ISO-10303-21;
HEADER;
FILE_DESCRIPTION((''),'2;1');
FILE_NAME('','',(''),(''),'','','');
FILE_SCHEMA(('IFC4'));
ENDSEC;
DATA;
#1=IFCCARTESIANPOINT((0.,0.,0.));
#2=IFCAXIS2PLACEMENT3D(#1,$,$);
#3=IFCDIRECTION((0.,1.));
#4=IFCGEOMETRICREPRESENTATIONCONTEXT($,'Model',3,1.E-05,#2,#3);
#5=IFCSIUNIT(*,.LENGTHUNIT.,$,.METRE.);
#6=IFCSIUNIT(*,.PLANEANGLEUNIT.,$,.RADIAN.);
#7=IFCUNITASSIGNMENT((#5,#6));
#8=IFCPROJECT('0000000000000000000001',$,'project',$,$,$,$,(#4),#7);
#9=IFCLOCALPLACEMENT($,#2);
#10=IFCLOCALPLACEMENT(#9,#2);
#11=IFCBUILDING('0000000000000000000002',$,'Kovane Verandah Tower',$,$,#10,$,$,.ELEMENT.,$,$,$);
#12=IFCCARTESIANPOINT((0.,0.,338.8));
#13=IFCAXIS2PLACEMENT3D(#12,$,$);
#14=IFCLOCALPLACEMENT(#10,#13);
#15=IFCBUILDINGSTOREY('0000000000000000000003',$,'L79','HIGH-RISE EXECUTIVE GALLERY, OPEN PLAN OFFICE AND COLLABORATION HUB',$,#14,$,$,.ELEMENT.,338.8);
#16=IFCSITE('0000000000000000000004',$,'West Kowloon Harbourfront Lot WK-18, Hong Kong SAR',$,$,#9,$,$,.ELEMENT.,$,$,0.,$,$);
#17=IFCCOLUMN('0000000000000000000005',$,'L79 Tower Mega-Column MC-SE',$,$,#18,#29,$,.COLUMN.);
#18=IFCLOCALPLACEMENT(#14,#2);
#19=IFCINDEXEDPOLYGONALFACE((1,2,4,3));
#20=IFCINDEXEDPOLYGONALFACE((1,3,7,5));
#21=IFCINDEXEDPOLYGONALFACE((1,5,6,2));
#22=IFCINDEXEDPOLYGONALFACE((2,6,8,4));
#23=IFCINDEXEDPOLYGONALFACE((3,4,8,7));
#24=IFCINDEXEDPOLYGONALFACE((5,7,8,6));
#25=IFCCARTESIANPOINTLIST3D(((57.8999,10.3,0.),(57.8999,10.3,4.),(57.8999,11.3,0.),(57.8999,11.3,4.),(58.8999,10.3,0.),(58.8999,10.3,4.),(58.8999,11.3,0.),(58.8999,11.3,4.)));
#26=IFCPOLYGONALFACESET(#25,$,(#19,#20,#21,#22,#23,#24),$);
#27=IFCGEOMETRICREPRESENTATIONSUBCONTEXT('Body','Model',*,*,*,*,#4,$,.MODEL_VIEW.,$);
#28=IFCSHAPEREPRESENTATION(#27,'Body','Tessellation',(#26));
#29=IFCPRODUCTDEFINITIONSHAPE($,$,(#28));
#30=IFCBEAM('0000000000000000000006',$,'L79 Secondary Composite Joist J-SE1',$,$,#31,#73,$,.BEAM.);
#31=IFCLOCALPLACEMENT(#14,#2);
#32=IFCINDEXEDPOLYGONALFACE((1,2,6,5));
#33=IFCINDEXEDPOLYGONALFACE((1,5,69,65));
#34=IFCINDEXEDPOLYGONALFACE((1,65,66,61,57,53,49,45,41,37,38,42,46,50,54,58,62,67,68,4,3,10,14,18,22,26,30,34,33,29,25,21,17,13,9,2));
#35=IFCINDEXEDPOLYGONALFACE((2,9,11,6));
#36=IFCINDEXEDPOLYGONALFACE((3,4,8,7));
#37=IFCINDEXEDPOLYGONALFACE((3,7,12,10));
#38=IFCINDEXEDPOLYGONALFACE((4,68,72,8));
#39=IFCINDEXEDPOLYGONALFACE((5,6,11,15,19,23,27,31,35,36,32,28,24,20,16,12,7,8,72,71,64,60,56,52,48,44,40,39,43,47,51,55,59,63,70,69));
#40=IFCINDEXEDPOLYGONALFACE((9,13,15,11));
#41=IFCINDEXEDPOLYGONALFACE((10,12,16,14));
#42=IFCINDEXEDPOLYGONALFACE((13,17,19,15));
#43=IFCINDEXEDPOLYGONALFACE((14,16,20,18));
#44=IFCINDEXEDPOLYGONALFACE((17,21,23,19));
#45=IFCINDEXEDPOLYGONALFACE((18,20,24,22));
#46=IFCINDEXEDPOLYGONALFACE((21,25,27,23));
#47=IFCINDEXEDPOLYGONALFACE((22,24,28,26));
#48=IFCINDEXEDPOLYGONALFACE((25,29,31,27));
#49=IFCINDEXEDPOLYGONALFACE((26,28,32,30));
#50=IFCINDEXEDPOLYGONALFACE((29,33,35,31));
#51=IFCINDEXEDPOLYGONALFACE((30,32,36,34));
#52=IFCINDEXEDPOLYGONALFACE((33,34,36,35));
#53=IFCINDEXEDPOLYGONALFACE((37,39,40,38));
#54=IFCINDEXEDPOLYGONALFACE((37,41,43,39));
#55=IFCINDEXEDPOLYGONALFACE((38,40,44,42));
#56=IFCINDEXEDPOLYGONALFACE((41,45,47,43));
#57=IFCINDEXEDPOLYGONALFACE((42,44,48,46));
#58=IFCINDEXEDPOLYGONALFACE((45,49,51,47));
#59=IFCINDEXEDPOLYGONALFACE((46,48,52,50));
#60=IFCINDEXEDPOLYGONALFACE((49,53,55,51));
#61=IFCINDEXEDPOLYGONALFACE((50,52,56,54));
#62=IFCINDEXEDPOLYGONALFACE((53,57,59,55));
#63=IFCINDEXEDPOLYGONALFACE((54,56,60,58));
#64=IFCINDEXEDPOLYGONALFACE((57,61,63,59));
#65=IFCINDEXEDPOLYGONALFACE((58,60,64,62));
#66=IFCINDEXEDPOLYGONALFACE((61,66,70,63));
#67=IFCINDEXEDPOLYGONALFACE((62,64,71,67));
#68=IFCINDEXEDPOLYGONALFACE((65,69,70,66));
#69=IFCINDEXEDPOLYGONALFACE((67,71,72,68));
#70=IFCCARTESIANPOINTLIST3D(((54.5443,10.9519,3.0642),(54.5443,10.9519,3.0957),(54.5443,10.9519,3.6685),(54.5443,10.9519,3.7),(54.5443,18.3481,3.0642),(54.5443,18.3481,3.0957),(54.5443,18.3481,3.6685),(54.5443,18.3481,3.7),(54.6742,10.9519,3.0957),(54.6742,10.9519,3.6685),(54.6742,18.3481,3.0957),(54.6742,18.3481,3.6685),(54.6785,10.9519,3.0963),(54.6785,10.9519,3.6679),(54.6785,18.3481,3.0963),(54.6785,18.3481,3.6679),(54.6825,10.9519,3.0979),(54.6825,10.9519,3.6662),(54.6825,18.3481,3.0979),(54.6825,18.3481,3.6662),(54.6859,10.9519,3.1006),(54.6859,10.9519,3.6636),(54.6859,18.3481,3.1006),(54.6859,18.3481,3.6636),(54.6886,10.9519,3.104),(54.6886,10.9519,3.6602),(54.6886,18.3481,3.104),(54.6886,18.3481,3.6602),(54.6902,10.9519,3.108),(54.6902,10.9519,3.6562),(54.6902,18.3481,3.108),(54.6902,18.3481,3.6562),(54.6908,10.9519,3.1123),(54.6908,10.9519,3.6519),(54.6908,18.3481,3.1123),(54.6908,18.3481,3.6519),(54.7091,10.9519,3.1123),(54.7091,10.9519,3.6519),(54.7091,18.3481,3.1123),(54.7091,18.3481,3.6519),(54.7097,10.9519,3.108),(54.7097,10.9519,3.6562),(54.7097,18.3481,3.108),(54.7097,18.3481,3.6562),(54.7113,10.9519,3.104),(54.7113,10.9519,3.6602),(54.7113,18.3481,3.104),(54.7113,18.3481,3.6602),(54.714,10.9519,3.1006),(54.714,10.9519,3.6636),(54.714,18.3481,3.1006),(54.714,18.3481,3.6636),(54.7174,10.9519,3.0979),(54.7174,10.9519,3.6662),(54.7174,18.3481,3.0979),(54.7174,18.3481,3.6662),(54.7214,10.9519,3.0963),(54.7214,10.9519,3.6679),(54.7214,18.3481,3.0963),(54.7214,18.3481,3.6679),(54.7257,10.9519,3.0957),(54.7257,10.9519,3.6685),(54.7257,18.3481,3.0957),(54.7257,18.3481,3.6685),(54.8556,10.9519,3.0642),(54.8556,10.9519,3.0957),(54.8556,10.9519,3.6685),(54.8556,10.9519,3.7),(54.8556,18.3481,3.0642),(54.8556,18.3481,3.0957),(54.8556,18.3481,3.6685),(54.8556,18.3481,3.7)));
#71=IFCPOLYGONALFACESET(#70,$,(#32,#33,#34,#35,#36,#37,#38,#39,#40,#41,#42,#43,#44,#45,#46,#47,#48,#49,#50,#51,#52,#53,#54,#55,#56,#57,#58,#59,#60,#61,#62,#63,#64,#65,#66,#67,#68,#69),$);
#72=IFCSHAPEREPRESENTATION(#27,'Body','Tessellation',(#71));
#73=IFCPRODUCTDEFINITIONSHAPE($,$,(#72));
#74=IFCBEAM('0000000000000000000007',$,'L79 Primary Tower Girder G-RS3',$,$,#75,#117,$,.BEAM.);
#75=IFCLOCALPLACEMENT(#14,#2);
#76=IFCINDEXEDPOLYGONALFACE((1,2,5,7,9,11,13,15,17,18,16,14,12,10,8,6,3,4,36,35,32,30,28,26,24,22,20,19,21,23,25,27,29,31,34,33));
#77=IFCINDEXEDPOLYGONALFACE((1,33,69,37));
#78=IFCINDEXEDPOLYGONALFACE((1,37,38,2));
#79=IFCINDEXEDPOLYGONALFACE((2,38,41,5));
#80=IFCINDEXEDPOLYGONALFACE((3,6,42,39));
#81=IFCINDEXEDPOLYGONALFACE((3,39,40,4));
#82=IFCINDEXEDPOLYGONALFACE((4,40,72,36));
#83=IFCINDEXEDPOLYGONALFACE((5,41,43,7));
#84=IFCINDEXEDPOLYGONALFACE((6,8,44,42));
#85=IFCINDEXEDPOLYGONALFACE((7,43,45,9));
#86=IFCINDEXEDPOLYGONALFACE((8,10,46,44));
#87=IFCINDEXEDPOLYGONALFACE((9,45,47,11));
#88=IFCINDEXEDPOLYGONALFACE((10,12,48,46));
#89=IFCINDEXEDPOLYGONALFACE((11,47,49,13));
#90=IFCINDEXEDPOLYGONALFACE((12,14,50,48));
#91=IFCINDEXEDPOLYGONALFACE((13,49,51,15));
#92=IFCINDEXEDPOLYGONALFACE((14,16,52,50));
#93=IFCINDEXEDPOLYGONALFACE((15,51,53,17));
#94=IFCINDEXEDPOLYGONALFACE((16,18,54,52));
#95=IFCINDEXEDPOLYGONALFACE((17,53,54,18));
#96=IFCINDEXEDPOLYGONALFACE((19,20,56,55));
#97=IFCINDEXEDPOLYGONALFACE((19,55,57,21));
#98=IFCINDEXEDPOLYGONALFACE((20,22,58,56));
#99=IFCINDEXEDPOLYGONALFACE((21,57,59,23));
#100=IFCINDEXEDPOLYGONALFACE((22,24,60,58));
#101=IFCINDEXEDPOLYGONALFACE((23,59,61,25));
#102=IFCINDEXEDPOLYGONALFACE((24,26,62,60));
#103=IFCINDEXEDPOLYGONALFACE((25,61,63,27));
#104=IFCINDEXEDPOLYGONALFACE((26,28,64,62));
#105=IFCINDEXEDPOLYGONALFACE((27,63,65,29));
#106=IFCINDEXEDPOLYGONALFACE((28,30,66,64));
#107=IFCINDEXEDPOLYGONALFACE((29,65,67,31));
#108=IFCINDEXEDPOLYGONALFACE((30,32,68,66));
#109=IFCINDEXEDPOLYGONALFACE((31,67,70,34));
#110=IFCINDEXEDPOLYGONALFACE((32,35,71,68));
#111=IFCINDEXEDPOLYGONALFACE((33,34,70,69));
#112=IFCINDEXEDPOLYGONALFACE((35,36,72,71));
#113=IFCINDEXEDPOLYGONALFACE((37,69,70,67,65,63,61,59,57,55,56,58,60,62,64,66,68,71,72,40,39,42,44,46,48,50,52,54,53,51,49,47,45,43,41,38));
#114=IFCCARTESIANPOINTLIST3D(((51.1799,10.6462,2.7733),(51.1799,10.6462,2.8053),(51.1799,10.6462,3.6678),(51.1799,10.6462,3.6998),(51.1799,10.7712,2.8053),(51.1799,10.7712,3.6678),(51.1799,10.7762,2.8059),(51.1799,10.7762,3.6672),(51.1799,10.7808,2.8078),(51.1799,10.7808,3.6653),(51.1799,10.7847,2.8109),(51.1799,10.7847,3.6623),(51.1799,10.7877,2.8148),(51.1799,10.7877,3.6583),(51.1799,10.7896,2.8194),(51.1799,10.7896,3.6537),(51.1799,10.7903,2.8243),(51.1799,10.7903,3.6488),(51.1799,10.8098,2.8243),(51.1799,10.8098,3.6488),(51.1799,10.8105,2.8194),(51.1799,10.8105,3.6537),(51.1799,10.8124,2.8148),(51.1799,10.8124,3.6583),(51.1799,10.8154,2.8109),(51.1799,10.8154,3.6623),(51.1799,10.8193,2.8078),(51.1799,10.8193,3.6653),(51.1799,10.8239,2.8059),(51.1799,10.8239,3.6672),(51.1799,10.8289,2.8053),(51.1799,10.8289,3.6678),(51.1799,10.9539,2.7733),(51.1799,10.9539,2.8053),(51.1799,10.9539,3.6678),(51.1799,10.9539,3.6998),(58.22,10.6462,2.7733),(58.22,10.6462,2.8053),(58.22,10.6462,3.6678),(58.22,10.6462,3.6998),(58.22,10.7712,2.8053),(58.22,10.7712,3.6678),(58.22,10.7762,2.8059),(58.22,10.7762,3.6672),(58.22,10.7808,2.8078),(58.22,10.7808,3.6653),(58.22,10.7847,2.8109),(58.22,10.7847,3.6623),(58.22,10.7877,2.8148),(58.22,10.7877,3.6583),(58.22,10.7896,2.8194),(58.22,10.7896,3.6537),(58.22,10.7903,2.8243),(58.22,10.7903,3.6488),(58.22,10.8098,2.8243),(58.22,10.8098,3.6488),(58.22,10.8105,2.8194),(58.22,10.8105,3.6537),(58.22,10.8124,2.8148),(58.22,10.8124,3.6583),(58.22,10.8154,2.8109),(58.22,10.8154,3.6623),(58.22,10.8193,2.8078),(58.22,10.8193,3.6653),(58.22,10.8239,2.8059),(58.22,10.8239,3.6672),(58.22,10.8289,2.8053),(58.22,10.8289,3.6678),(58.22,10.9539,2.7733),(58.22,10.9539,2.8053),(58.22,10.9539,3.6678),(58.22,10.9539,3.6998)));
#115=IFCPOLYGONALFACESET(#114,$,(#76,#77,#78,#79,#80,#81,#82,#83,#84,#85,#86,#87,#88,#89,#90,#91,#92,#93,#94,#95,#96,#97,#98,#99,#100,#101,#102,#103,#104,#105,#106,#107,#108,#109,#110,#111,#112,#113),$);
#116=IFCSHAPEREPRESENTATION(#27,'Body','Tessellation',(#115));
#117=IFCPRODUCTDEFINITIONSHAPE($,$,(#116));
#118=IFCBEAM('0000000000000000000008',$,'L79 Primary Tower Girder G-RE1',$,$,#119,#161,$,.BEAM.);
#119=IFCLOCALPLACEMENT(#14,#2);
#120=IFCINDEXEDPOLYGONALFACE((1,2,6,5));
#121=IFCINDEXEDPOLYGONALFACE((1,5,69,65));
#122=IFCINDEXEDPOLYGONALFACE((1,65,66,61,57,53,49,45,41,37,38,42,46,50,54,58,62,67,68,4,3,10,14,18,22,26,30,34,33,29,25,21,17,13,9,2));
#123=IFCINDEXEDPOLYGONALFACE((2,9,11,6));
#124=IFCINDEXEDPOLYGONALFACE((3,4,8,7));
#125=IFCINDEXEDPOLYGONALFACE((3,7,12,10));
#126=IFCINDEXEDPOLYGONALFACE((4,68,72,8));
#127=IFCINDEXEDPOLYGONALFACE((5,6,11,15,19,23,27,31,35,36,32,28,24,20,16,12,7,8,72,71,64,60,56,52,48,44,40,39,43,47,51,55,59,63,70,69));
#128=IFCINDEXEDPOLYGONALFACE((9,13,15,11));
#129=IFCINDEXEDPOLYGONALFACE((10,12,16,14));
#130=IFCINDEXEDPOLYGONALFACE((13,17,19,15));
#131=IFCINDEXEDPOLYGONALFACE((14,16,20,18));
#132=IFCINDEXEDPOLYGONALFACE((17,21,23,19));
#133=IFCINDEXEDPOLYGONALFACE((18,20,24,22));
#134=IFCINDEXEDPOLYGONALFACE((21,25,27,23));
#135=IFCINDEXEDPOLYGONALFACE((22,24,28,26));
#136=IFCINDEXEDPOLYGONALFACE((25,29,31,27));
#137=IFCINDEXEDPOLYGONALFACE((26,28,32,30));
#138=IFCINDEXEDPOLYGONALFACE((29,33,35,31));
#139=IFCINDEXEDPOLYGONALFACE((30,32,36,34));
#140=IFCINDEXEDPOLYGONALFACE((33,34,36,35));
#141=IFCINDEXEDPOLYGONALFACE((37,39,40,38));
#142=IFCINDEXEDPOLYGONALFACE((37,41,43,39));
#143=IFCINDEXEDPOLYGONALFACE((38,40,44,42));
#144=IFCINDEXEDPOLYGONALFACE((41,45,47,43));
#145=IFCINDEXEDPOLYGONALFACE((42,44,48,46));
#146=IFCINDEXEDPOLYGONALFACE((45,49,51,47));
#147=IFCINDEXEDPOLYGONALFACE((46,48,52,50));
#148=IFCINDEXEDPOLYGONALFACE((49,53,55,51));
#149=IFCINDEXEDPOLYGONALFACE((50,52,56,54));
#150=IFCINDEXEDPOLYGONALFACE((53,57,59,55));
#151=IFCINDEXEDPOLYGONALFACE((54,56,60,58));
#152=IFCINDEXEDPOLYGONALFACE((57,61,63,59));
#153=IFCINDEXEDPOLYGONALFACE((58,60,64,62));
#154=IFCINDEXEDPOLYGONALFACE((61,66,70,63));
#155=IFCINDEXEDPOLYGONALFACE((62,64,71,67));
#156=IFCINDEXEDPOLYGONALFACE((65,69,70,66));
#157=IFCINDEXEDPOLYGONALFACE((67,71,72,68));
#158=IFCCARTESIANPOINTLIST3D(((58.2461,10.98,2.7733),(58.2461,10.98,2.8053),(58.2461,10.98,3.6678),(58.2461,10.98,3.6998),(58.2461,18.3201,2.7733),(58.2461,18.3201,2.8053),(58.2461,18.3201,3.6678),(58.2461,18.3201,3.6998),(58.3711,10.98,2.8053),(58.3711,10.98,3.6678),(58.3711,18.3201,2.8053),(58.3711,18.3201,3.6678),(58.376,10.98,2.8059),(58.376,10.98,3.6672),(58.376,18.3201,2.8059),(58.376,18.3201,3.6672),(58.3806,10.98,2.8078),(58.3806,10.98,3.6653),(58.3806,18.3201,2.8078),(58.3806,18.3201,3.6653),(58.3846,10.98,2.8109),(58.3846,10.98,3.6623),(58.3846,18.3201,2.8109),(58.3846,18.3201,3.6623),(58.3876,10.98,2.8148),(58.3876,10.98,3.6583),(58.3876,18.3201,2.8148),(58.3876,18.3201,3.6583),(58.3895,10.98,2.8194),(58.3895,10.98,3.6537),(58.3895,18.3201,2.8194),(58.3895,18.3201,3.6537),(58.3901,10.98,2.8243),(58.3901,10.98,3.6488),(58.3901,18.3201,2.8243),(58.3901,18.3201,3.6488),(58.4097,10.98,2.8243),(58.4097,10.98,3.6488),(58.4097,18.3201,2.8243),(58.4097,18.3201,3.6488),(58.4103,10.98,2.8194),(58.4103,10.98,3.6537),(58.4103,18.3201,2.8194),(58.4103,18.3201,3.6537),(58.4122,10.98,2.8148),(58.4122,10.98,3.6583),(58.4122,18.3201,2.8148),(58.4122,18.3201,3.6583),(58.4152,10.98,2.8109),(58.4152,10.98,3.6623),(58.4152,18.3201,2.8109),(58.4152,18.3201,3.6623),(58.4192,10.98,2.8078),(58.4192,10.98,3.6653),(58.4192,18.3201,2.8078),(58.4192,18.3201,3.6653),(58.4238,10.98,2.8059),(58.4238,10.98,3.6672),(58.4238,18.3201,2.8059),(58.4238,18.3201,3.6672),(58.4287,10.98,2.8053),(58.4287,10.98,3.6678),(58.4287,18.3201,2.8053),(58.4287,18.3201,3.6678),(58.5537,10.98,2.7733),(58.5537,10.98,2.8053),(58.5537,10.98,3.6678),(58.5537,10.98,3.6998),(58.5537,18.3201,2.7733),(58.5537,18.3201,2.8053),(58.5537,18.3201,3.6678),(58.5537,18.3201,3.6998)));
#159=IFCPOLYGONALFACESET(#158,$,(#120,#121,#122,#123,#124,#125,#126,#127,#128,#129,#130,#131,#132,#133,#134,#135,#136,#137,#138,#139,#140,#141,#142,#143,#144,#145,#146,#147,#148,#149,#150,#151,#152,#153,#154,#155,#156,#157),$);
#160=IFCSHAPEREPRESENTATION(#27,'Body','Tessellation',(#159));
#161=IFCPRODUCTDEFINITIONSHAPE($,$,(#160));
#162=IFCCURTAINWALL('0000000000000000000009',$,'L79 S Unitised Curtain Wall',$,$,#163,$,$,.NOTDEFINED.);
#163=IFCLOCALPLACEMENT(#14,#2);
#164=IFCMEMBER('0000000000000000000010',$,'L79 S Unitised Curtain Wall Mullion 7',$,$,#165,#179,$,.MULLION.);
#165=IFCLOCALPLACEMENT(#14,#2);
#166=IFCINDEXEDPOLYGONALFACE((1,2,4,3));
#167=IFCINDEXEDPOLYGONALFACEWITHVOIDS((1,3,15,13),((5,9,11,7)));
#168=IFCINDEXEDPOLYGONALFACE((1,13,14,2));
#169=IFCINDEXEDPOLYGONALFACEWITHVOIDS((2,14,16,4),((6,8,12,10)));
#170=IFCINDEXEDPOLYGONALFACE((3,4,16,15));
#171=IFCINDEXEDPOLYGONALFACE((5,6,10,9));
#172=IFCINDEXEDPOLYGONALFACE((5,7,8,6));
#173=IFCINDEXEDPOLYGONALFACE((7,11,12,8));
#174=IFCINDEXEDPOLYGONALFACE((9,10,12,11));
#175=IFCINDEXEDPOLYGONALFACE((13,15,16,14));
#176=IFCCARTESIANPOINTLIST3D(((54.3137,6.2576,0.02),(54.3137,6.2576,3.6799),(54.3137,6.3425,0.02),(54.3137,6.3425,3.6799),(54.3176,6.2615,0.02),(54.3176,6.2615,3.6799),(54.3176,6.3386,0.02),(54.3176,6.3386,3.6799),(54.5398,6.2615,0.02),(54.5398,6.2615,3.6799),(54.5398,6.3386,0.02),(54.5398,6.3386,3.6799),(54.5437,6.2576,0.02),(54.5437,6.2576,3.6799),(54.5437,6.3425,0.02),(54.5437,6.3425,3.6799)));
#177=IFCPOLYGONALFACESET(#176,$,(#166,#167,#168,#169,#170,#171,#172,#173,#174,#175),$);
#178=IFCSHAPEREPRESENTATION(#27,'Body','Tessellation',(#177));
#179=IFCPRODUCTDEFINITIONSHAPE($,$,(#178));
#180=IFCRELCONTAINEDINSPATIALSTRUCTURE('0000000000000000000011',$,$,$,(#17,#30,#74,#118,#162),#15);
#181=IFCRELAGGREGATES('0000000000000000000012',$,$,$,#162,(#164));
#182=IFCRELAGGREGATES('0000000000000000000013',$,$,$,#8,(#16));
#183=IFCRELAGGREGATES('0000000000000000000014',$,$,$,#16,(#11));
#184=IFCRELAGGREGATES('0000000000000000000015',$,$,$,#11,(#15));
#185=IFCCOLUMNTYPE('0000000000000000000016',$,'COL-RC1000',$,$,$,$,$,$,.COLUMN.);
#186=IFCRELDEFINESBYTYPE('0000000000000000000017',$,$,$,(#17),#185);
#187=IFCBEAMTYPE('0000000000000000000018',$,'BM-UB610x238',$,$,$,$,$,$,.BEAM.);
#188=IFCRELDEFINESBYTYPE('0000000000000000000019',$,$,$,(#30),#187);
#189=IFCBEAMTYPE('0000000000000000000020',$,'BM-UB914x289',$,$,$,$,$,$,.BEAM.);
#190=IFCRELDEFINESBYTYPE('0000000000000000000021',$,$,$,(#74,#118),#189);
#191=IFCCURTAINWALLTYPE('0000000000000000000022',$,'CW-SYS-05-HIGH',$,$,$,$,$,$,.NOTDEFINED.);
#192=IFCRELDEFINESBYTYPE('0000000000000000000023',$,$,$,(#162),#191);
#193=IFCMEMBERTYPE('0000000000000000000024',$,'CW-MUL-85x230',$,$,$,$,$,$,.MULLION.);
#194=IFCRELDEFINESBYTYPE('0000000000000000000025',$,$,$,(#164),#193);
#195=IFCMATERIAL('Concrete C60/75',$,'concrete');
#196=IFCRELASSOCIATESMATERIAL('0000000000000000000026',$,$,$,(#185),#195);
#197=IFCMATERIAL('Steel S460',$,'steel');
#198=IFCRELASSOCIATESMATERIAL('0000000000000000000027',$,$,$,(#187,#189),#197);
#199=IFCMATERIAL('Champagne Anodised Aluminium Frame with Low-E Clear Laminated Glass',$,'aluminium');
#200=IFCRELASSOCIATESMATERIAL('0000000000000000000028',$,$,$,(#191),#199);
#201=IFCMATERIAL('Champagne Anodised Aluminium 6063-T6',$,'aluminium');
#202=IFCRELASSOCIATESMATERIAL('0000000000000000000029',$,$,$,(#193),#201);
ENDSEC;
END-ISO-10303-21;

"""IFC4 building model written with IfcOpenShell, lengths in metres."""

from ifc_helpers import new_model, si_unit, direction, frame, origin, origin_2d, place, context, subcontext, project, spatial, rectangle, hollow_rectangle, i_section, extrude, material, material_profile, profile_set, type_object, element, aggregate, save


model = new_model("IFC4")

# Units and contexts
model_context = context("Model", 3, precision=1e-05, world=origin(), true_north=direction((0.0, 1.0)))
body_context = subcontext(model_context, "Body", "Model", "MODEL_VIEW")
ifc_project = project(units=[si_unit("LENGTHUNIT", "METRE"), si_unit("PLANEANGLEUNIT", "RADIAN")], contexts=[model_context])

# Site, building, storey
site_placement = place(None, origin())
site = spatial("IfcSite", under=ifc_project, at=site_placement, Name="West Kowloon Harbourfront Lot WK-18, Hong Kong SAR", CompositionType="ELEMENT", RefElevation=0.0)
building_placement = place(site_placement, origin())
building = spatial("IfcBuilding", under=site, at=building_placement, Name="Kovane Verandah Tower", CompositionType="ELEMENT")
storey_placement = place(building_placement, frame((0.0, 0.0, 338.8)))
storey = spatial("IfcBuildingStorey", under=building, at=storey_placement, Name="L79", Description="HIGH-RISE EXECUTIVE GALLERY, OPEN PLAN OFFICE AND COLLABORATION HUB", CompositionType="ELEMENT", Elevation=338.8)

# Column
ifc_material_1 = material(Name="Concrete C60/75", Category="concrete")
ifc_material_profile_1 = material_profile(ifc_material_1, rectangle(XDim=1.0, YDim=1.0, at=origin_2d()), Name="RC1000x1000")
ifc_profile_set_1 = profile_set([ifc_material_profile_1], Name="Concrete C60/75")
column_type = type_object("IfcColumnType", Name="COL-RC1000", PredefinedType="COLUMN", material=ifc_profile_set_1)
column_placement = place(storey_placement, frame((58.3999, 10.8, 0.0), z_axis=(0.0, 0.0, 1.0), x_axis=(1.0, 0.0, 0.0)))
element("IfcColumn", 1, at=column_placement, inside=storey, type_object=column_type, Name="L79 Tower Mega-Column MC-SE", PredefinedType="COLUMN", context=body_context, shape_type="SweptSolid", body=[
    extrude(rectangle(XDim=1.0, YDim=1.0, at=origin_2d()), origin(), (0.0, 0.0, 1.0), 4.0),
])

# Beams
ifc_material_2 = material(Name="Steel S460", Category="steel")
ifc_material_profile_2 = material_profile(ifc_material_2, i_section(OverallWidth=0.3113, OverallDepth=0.6357, WebThickness=0.0183, FlangeThickness=0.0315, FilletRadius=0.0166, at=origin_2d()), Name="UB610x305x238")
ifc_profile_set_2 = profile_set([ifc_material_profile_2], Name="Steel S460")
beam_type_1 = type_object("IfcBeamType", Name="BM-UB610x238", PredefinedType="BEAM", material=ifc_profile_set_2)
beam_1_placement = place(storey_placement, frame((54.7, 10.9519, 3.3821), z_axis=(0.0, 1.0, 0.0), x_axis=(-1.0, 0.0, 0.0)))
element("IfcBeam", 2, at=beam_1_placement, inside=storey, type_object=beam_type_1, Name="L79 Secondary Composite Joist J-SE1", PredefinedType="BEAM", context=body_context, shape_type="SweptSolid", body=[
    extrude(i_section(OverallWidth=0.3113, OverallDepth=0.6357, WebThickness=0.0183, FlangeThickness=0.0315, FilletRadius=0.0166, at=origin_2d()), origin(), (0.0, 0.0, 1.0), 7.3962),
])
ifc_material_profile_3 = material_profile(ifc_material_2, i_section(OverallWidth=0.3076, OverallDepth=0.9265, WebThickness=0.0195, FlangeThickness=0.032, FilletRadius=0.019, at=origin_2d()), Name="UB914x305x289")
ifc_profile_set_3 = profile_set([ifc_material_profile_3], Name="Steel S460")
beam_type_2 = type_object("IfcBeamType", Name="BM-UB914x289", PredefinedType="BEAM", material=ifc_profile_set_3)
beam_2_placement = place(storey_placement, frame((51.1799, 10.8, 3.2366), z_axis=(1.0, 0.0, 0.0), x_axis=(0.0, 1.0, 0.0)))
element("IfcBeam", 3, at=beam_2_placement, inside=storey, type_object=beam_type_2, Name="L79 Primary Tower Girder G-RS3", PredefinedType="BEAM", context=body_context, shape_type="SweptSolid", body=[
    extrude(i_section(OverallWidth=0.3076, OverallDepth=0.9265, WebThickness=0.0195, FlangeThickness=0.032, FilletRadius=0.019, at=origin_2d()), origin(), (0.0, 0.0, 1.0), 7.04),
])
beam_3_placement = place(storey_placement, frame((58.3999, 10.98, 3.2366), z_axis=(0.0, 1.0, 0.0), x_axis=(-1.0, 0.0, 0.0)))
element("IfcBeam", 4, at=beam_3_placement, inside=storey, type_object=beam_type_2, Name="L79 Primary Tower Girder G-RE1", PredefinedType="BEAM", context=body_context, shape_type="SweptSolid", body=[
    extrude(i_section(OverallWidth=0.3076, OverallDepth=0.9265, WebThickness=0.0195, FlangeThickness=0.032, FilletRadius=0.019, at=origin_2d()), origin(), (0.0, 0.0, 1.0), 7.3401),
])

# Curtain wall, member
ifc_material_3 = material(Name="Champagne Anodised Aluminium Frame with Low-E Clear Laminated Glass", Category="aluminium")
curtain_wall_type = type_object("IfcCurtainWallType", Name="CW-SYS-05-HIGH", PredefinedType="NOTDEFINED", material=ifc_material_3)
curtain_wall_1_placement = place(storey_placement, origin())
curtain_wall_1 = element("IfcCurtainWall", 5, at=curtain_wall_1_placement, inside=storey, type_object=curtain_wall_type, Name="L79 S Unitised Curtain Wall", PredefinedType="NOTDEFINED")
ifc_material_4 = material(Name="Champagne Anodised Aluminium 6063-T6", Category="aluminium")
ifc_material_profile_4 = material_profile(ifc_material_4, hollow_rectangle(XDim=0.085, YDim=0.23, WallThickness=0.0039, at=origin_2d()), Name="AL85x230x4")
ifc_profile_set_4 = profile_set([ifc_material_profile_4], Name="Champagne Anodised Aluminium 6063-T6")
member_type_1 = type_object("IfcMemberType", Name="CW-MUL-85x230", PredefinedType="MULLION", material=ifc_profile_set_4)
member_1_placement = place(storey_placement, frame((54.4287, 6.3, 0.02), z_axis=(0.0, 0.0, 1.0), x_axis=(0.0, -1.0, 0.0)))
member_1 = element("IfcMember", 6, at=member_1_placement, type_object=member_type_1, Name="L79 S Unitised Curtain Wall Mullion 7", PredefinedType="MULLION", context=body_context, shape_type="SweptSolid", body=[
    extrude(hollow_rectangle(XDim=0.085, YDim=0.23, WallThickness=0.0039, at=origin_2d()), origin(), (0.0, 0.0, 1.0), 3.6599),
])

aggregate(curtain_wall_1, [member_1])

save(model, "model.ifc")
